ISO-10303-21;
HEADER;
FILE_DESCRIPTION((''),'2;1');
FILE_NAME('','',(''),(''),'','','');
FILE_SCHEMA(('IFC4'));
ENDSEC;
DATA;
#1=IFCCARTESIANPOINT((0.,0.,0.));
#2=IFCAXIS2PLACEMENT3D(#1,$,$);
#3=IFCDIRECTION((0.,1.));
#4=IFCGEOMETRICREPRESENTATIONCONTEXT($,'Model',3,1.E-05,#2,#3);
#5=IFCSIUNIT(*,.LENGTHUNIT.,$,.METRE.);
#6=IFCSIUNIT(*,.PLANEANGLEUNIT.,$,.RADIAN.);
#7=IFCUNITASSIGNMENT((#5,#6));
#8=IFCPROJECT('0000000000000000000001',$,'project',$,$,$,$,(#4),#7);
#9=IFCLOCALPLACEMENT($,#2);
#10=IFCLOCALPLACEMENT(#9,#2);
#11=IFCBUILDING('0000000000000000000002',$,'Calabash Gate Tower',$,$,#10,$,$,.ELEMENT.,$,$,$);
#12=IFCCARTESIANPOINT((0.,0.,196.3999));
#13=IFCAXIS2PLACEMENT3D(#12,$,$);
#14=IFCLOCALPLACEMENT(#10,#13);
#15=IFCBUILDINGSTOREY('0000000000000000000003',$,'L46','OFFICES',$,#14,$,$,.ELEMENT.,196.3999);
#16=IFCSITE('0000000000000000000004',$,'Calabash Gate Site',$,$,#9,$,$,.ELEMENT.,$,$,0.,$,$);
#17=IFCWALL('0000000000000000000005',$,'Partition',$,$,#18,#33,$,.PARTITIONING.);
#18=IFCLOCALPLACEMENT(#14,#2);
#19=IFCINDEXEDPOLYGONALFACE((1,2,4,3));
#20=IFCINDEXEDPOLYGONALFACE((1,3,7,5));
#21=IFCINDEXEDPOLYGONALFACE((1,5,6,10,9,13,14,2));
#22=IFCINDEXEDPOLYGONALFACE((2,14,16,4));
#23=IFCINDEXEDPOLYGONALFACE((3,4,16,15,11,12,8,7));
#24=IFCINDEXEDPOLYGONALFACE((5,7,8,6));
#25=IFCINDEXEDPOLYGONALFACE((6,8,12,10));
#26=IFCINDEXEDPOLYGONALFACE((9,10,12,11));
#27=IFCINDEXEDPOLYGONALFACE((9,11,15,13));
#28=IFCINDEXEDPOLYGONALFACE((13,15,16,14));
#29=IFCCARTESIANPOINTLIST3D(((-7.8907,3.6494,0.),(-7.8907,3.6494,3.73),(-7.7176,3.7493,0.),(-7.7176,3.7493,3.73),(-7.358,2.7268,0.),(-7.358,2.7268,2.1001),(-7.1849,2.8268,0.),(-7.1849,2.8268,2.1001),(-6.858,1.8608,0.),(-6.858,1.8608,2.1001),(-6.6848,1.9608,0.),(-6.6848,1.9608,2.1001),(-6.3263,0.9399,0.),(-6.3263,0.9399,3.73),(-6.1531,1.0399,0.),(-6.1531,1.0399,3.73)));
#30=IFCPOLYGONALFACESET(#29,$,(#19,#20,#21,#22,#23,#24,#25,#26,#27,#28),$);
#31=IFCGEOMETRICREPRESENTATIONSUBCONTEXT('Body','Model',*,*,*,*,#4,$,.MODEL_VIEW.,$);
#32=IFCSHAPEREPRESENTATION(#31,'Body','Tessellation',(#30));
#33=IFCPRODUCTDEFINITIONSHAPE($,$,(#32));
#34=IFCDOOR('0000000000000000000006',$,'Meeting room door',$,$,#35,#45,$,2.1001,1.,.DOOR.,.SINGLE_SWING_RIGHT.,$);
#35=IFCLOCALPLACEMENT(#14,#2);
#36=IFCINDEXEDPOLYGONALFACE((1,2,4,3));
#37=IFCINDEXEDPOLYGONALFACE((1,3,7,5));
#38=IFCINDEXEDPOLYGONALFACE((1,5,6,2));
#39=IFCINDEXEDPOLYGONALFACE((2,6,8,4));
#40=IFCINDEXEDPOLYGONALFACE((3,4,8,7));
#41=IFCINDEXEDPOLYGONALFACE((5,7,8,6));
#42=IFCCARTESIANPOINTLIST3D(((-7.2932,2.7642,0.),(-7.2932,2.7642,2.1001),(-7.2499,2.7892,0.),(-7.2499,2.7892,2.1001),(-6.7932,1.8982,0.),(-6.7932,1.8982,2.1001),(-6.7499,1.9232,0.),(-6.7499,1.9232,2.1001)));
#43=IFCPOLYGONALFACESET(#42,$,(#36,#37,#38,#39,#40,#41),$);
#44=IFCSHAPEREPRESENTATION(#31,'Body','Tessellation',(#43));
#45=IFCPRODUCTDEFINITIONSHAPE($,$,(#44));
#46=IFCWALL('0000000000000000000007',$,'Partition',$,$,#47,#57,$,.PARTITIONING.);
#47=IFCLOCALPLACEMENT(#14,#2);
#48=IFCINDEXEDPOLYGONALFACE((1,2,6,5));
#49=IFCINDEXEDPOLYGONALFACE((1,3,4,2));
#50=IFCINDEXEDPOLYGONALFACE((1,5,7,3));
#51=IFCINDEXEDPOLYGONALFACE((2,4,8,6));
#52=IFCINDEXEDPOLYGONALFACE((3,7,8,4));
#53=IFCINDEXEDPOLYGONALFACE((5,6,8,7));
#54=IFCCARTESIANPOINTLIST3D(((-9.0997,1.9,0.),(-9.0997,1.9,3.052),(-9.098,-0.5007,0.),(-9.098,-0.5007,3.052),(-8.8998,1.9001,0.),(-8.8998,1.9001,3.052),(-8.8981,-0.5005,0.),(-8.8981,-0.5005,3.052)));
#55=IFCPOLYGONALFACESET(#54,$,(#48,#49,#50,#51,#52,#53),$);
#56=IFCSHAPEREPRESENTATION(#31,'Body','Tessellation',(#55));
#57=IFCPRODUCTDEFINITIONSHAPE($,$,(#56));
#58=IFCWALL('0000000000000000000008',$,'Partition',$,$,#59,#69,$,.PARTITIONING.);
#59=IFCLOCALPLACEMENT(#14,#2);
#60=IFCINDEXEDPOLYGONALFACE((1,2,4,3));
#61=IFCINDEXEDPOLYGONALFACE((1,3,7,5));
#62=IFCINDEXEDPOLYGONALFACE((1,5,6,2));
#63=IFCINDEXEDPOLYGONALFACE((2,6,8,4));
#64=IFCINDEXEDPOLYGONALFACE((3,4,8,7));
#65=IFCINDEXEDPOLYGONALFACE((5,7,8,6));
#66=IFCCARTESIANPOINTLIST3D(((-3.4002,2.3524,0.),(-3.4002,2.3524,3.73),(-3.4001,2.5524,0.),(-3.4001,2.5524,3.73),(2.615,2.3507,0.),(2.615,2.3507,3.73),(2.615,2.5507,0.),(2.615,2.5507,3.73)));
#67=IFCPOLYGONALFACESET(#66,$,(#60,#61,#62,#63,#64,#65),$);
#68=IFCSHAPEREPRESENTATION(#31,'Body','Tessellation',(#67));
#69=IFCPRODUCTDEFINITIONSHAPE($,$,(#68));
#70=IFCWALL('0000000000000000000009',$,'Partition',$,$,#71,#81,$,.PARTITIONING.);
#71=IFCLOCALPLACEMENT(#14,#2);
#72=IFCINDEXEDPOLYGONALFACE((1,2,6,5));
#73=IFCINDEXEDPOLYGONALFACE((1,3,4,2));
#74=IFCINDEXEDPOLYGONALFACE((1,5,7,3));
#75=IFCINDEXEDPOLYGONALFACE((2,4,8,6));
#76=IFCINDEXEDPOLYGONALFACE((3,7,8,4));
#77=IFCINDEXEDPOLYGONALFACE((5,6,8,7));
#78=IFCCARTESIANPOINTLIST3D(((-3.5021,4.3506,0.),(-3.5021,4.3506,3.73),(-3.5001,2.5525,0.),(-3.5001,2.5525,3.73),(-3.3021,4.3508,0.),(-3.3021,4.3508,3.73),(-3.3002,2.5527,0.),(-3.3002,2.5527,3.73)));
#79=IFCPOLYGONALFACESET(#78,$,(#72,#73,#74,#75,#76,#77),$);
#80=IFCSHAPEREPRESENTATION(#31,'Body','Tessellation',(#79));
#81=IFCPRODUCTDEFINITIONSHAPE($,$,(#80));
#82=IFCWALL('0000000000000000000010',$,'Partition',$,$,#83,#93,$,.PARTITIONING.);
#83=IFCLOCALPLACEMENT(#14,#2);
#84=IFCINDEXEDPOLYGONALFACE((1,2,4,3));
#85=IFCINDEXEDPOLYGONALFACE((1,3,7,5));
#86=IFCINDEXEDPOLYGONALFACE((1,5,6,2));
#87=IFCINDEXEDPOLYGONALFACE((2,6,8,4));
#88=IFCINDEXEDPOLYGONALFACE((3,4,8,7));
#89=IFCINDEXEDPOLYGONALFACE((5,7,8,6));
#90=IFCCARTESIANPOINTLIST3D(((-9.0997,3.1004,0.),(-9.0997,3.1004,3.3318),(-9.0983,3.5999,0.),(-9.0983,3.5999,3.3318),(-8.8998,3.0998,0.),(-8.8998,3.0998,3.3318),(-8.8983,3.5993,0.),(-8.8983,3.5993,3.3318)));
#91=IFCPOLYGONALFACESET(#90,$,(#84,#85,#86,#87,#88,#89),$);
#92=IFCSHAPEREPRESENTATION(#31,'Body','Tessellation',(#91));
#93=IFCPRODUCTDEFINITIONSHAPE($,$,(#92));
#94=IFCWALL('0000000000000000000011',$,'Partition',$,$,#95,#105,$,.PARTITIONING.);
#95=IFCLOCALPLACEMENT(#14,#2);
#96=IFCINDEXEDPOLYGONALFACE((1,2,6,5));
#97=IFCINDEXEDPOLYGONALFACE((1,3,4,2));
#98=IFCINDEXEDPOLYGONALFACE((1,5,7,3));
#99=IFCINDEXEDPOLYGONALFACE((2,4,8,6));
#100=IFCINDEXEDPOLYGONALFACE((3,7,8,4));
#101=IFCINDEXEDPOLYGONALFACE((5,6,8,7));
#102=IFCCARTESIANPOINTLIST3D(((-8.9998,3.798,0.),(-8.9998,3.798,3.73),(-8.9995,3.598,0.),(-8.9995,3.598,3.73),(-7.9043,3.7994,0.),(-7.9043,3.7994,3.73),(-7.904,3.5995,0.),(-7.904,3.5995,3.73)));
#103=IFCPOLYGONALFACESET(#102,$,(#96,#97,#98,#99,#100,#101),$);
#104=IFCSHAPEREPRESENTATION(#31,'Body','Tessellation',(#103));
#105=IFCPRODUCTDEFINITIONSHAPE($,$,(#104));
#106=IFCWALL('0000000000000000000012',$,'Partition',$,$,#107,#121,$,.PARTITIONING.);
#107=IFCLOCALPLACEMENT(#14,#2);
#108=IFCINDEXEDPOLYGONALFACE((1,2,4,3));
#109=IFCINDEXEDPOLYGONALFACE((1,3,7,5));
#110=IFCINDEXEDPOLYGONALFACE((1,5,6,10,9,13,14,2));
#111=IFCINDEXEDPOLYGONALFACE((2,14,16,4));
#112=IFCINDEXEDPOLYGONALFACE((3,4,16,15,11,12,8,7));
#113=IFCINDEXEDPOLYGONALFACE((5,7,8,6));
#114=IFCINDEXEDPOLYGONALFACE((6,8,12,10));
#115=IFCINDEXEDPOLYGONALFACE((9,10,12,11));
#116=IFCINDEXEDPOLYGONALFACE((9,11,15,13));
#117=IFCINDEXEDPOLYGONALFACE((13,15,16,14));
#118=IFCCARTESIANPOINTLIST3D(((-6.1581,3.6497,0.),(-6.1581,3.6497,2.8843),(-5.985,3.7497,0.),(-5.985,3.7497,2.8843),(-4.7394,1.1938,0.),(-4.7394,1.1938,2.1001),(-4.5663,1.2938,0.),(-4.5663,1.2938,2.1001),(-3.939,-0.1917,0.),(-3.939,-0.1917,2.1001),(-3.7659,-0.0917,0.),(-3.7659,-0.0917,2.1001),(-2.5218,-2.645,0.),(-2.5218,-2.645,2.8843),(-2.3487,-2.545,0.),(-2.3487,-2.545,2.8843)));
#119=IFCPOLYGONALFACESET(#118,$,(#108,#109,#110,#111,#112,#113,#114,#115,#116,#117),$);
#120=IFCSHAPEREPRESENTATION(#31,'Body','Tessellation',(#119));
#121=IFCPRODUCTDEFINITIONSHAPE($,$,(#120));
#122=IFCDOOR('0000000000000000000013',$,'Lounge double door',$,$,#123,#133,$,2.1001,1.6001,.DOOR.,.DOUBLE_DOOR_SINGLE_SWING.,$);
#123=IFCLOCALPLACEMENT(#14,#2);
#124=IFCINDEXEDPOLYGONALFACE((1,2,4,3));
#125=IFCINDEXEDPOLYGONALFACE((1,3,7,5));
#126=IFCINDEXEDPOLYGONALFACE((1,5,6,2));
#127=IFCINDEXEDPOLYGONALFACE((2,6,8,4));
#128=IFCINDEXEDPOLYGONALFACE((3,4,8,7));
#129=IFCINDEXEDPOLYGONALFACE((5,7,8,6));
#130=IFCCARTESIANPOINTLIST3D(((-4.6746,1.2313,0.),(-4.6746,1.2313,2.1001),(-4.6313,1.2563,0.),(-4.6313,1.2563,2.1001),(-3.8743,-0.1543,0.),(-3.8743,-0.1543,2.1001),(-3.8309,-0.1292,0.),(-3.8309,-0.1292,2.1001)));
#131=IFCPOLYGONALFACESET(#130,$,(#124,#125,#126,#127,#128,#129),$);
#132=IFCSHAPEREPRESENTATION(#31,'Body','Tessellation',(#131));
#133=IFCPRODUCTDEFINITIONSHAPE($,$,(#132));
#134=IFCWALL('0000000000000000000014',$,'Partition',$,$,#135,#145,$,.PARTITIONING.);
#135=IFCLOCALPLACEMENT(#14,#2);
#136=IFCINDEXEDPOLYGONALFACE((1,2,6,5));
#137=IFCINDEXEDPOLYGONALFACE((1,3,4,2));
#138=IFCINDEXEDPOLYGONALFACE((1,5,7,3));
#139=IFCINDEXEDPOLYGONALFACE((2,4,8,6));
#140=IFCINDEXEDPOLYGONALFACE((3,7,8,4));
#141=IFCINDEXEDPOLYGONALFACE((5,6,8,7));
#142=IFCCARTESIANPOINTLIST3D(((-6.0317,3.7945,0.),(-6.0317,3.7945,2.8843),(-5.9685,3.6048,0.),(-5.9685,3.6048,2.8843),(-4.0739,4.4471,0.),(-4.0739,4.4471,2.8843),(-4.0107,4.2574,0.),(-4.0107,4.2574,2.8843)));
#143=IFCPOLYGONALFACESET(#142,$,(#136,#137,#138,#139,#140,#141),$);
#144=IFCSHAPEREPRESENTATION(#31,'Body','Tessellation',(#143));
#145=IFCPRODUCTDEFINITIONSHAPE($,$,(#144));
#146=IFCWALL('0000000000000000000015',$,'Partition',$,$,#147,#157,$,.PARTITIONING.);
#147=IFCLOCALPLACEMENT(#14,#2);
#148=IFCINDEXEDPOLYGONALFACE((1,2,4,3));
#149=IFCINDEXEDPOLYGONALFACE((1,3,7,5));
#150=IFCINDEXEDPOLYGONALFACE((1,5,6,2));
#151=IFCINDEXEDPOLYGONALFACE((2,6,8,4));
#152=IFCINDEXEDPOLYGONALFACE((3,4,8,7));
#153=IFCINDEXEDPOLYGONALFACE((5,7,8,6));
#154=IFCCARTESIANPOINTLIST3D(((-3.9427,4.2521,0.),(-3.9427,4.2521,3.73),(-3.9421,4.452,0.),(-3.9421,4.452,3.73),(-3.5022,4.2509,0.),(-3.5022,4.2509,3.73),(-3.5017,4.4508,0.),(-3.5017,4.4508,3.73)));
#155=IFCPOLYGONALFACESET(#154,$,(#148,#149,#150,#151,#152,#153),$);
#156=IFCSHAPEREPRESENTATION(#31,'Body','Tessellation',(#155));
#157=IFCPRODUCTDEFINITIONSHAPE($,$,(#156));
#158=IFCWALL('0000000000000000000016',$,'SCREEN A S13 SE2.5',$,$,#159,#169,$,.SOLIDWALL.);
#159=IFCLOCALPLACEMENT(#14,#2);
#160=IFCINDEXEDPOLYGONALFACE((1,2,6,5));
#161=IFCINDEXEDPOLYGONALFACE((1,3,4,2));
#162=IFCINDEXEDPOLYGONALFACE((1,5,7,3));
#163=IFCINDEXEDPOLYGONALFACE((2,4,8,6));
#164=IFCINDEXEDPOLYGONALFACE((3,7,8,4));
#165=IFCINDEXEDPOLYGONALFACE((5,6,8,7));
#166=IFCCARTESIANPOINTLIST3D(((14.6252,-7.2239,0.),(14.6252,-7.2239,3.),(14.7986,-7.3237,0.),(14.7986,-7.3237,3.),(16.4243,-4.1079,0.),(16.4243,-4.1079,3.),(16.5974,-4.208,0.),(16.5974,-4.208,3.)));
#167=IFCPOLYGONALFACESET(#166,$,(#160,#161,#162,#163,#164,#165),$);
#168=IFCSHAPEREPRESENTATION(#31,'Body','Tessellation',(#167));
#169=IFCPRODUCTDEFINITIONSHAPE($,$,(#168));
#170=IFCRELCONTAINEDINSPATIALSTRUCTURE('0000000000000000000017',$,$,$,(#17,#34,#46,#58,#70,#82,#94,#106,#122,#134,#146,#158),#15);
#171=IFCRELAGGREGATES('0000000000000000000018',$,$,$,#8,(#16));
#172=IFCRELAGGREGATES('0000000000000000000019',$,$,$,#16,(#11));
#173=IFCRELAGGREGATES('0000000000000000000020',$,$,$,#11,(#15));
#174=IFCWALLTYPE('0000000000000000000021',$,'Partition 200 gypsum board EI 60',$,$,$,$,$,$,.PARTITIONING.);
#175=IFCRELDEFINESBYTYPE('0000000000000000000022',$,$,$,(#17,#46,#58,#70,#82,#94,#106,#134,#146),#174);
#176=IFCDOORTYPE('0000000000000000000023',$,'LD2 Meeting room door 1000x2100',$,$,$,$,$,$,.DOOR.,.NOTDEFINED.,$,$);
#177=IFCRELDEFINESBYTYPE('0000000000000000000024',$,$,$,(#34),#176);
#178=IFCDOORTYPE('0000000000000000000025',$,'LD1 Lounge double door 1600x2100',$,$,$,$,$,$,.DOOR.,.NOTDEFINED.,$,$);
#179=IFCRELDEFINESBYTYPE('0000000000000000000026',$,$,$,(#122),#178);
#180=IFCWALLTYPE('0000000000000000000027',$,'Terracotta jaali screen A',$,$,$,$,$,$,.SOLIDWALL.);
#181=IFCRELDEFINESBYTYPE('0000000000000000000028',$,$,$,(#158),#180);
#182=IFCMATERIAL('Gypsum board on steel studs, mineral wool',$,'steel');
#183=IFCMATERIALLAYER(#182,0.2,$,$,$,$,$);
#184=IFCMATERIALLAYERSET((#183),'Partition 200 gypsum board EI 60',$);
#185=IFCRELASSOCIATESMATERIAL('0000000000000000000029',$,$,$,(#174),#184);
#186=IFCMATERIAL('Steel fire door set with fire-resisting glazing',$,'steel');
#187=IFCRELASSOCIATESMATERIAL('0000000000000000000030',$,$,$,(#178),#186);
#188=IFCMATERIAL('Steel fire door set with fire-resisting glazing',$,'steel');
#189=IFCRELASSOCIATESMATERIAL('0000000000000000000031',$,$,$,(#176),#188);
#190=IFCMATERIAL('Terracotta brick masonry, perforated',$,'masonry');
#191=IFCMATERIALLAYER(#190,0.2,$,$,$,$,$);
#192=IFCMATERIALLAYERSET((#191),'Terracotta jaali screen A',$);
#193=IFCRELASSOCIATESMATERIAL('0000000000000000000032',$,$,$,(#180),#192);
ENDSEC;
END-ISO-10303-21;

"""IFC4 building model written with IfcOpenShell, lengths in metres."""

from ifc_helpers import new_model, si_unit, direction, frame, frame_2d, origin, place, context, subcontext, project, spatial, polyline, rectangle, outline, extrude, material, layer, layer_set, type_object, element, fill, save


model = new_model("IFC4")

# Units and contexts
model_context = context("Model", 3, precision=1e-05, world=origin(), true_north=direction((0.0, 1.0)))
body_context = subcontext(model_context, "Body", "Model", "MODEL_VIEW")
ifc_project = project(units=[si_unit("LENGTHUNIT", "METRE"), si_unit("PLANEANGLEUNIT", "RADIAN")], contexts=[model_context])

# Site, building, storey
site_placement = place(None, origin())
site = spatial("IfcSite", under=ifc_project, at=site_placement, Name="Calabash Gate Site", CompositionType="ELEMENT", RefElevation=0.0)
building_placement = place(site_placement, origin())
building = spatial("IfcBuilding", under=site, at=building_placement, Name="Calabash Gate Tower", CompositionType="ELEMENT")
storey_placement = place(building_placement, frame((0.0, 0.0, 196.3999)))
storey = spatial("IfcBuildingStorey", under=building, at=storey_placement, Name="L46", Description="OFFICES", CompositionType="ELEMENT", Elevation=196.3999)

# Shared definitions
ifc_material_1 = material(Name="Gypsum board on steel studs, mineral wool", Category="steel")
ifc_layer_1 = layer(ifc_material_1, 0.2)
ifc_layer_set_1 = layer_set([ifc_layer_1], Name="Partition 200 gypsum board EI 60")
wall_type_1 = type_object("IfcWallType", Name="Partition 200 gypsum board EI 60", PredefinedType="PARTITIONING", material=ifc_layer_set_1)
ifc_material_2 = material(Name="Steel fire door set with fire-resisting glazing", Category="steel")
door_type_1 = type_object("IfcDoorType", Name="LD1 Lounge double door 1600x2100", OperationType="NOTDEFINED", PredefinedType="DOOR", material=ifc_material_2)

# Wall, opening, door
wall_1_placement = place(storey_placement, frame((-7.8042, 3.6995, 0.0), z_axis=(0.0, 0.0, 1.0), x_axis=(0.500033, -0.866006, 0.0)))
wall_1 = element("IfcWall", 1, at=wall_1_placement, inside=storey, type_object=wall_type_1, Name="Partition", PredefinedType="PARTITIONING", context=body_context, shape_type="SweptSolid", body=[
    extrude(rectangle(XDim=3.1287, YDim=0.2, at=frame_2d((1.5645, 0.0))), origin(), (0.0, 0.0, 1.0), 3.73),
])
opening_1_placement = place(wall_1_placement, frame((1.0654, 0.0, 0.0)))
opening_1 = element("IfcOpeningElement", 2, at=opening_1_placement, cuts=wall_1, PredefinedType="OPENING", context=body_context, shape_type="SweptSolid", body=[
    extrude(rectangle(XDim=1.0, YDim=2.1001, at=frame_2d((0.5, 1.05))), frame((0.0, 0.1099, 0.0), z_axis=(0.0, -1.0, 0.0), x_axis=(1.0, 0.0, 0.0)), (0.0, 0.0, 1.0), 0.22),
])
ifc_material_3 = material(Name="Steel fire door set with fire-resisting glazing", Category="steel")
door_type_2 = type_object("IfcDoorType", Name="LD2 Meeting room door 1000x2100", OperationType="NOTDEFINED", PredefinedType="DOOR", material=ifc_material_3)
door_1_placement = place(opening_1_placement, origin())
door_1 = element("IfcDoor", 3, at=door_1_placement, inside=storey, type_object=door_type_2, Name="Meeting room door", OperationType="SINGLE_SWING_RIGHT", OverallHeight=2.1001, OverallWidth=1.0, PredefinedType="DOOR", context=body_context, shape_type="SweptSolid", body=[
    extrude(rectangle(XDim=1.0, YDim=2.1001, at=frame_2d((0.5, 1.05))), frame((0.0, 0.0249, 0.0), z_axis=(0.0, -1.0, 0.0), x_axis=(1.0, 0.0, 0.0)), (0.0, 0.0, 1.0), 0.05),
])
fill(opening_1, door_1)

# Walls
wall_2_placement = place(storey_placement, frame((-8.9998, 1.8999, 0.0), z_axis=(0.0, 0.0, 1.0), x_axis=(0.000712, -1.0, 0.0)))
element("IfcWall", 4, at=wall_2_placement, inside=storey, type_object=wall_type_1, Name="Partition", PredefinedType="PARTITIONING", context=body_context, shape_type="SweptSolid", body=[
    extrude(rectangle(XDim=2.4006, YDim=0.2, at=frame_2d((1.2002, 0.0))), origin(), (0.0, 0.0, 1.0), 3.052),
])
wall_3_placement = place(storey_placement, frame((-3.4001, 2.4524, 0.0), z_axis=(0.0, 0.0, 1.0), x_axis=(1.0, -0.000284, 0.0)))
element("IfcWall", 5, at=wall_3_placement, inside=storey, type_object=wall_type_1, Name="Partition", PredefinedType="PARTITIONING", context=body_context, shape_type="SweptSolid", body=[
    extrude(rectangle(XDim=6.0151, YDim=0.2, at=frame_2d((3.0076, 0.0))), origin(), (0.0, 0.0, 1.0), 3.73),
])
wall_4_placement = place(storey_placement, frame((-3.4021, 4.3506, 0.0), z_axis=(0.0, 0.0, 1.0), x_axis=(0.001086, -0.999999, 0.0)))
element("IfcWall", 6, at=wall_4_placement, inside=storey, type_object=wall_type_1, Name="Partition", PredefinedType="PARTITIONING", context=body_context, shape_type="SweptSolid", body=[
    extrude(rectangle(XDim=1.7981, YDim=0.2, at=frame_2d((0.8989, 0.0))), origin(), (0.0, 0.0, 1.0), 3.73),
])
wall_5_placement = place(storey_placement, frame((-8.9998, 3.1001, 0.0), z_axis=(0.0, 0.0, 1.0), x_axis=(0.002933, 0.999996, 0.0)))
element("IfcWall", 7, at=wall_5_placement, inside=storey, type_object=wall_type_1, Name="Partition", PredefinedType="PARTITIONING", context=body_context, shape_type="SweptSolid", body=[
    extrude(rectangle(XDim=0.4995, YDim=0.2, at=frame_2d((0.2498, 0.0))), origin(), (0.0, 0.0, 1.0), 3.3318),
])
wall_6_placement = place(storey_placement, frame((-8.9998, 3.698, 0.0), z_axis=(0.0, 0.0, 1.0), x_axis=(0.999999, 0.001337, 0.0)))
element("IfcWall", 8, at=wall_6_placement, inside=storey, type_object=wall_type_1, Name="Partition", PredefinedType="PARTITIONING", context=body_context, shape_type="SweptSolid", body=[
    extrude(rectangle(XDim=1.0955, YDim=0.2, at=frame_2d((0.5479, 0.0))), origin(), (0.0, 0.0, 1.0), 3.73),
])

# Wall, opening, door
wall_7_placement = place(storey_placement, frame((-6.0715, 3.6997, 0.0), z_axis=(0.0, 0.0, 1.0), x_axis=(0.500206, -0.865906, 0.0)))
wall_7 = element("IfcWall", 9, at=wall_7_placement, inside=storey, type_object=wall_type_1, Name="Partition", PredefinedType="PARTITIONING", context=body_context, shape_type="SweptSolid", body=[
    extrude(rectangle(XDim=7.2695, YDim=0.2, at=frame_2d((3.6348, 0.0))), origin(), (0.0, 0.0, 1.0), 2.8843),
])
opening_2_placement = place(wall_7_placement, frame((2.8362, 0.0, 0.0)))
opening_2 = element("IfcOpeningElement", 10, at=opening_2_placement, cuts=wall_7, PredefinedType="OPENING", context=body_context, shape_type="SweptSolid", body=[
    extrude(rectangle(XDim=1.6001, YDim=2.1001, at=frame_2d((0.8, 1.05))), frame((0.0, 0.1099, 0.0), z_axis=(0.0, -1.0, 0.0), x_axis=(1.0, 0.0, 0.0)), (0.0, 0.0, 1.0), 0.22),
])
door_2_placement = place(opening_2_placement, origin())
door_2 = element("IfcDoor", 11, at=door_2_placement, inside=storey, type_object=door_type_1, Name="Lounge double door", OperationType="DOUBLE_DOOR_SINGLE_SWING", OverallHeight=2.1001, OverallWidth=1.6001, PredefinedType="DOOR", context=body_context, shape_type="SweptSolid", body=[
    extrude(rectangle(XDim=1.6001, YDim=2.1001, at=frame_2d((0.8, 1.05))), frame((0.0, 0.0249, 0.0), z_axis=(0.0, -1.0, 0.0), x_axis=(1.0, 0.0, 0.0)), (0.0, 0.0, 1.0), 0.05),
])
fill(opening_2, door_2)

# Walls
wall_8_placement = place(storey_placement, frame((-6.0, 3.6997, 0.0), z_axis=(0.0, 0.0, 1.0), x_axis=(0.948683, 0.316228, 0.0)))
element("IfcWall", 12, at=wall_8_placement, inside=storey, type_object=wall_type_1, Name="Partition", PredefinedType="PARTITIONING", context=body_context, shape_type="SweptSolid", body=[
    extrude(rectangle(XDim=2.0637, YDim=0.2, at=frame_2d((1.0317, 0.0))), origin(), (0.0, 0.0, 1.0), 2.8843),
])
wall_9_placement = place(storey_placement, frame((-3.9424, 4.3521, 0.0), z_axis=(0.0, 0.0, 1.0), x_axis=(0.999996, -0.002772, 0.0)))
element("IfcWall", 13, at=wall_9_placement, inside=storey, type_object=wall_type_1, Name="Partition", PredefinedType="PARTITIONING", context=body_context, shape_type="SweptSolid", body=[
    extrude(rectangle(XDim=0.4404, YDim=0.2, at=frame_2d((0.2202, 0.0))), origin(), (0.0, 0.0, 1.0), 3.73),
])
ifc_material_4 = material(Name="Terracotta brick masonry, perforated", Category="masonry")
ifc_layer_2 = layer(ifc_material_4, 0.2)
ifc_layer_set_2 = layer_set([ifc_layer_2], Name="Terracotta jaali screen A")
wall_type_2 = type_object("IfcWallType", Name="Terracotta jaali screen A", PredefinedType="SOLIDWALL", material=ifc_layer_set_2)
wall_10_placement = place(storey_placement, origin())
element("IfcWall", 14, at=wall_10_placement, inside=storey, type_object=wall_type_2, Name="SCREEN A S13 SE2.5", PredefinedType="SOLIDWALL", context=body_context, shape_type="SweptSolid", body=[
    extrude(outline(polyline([(16.4243, -4.1079), (14.6252, -7.2239), (14.7986, -7.3237), (16.5974, -4.208), (16.4243, -4.1079)])), origin(), (0.0, 0.0, 1.0), 3.0),
])

save(model, "model.ifc")
